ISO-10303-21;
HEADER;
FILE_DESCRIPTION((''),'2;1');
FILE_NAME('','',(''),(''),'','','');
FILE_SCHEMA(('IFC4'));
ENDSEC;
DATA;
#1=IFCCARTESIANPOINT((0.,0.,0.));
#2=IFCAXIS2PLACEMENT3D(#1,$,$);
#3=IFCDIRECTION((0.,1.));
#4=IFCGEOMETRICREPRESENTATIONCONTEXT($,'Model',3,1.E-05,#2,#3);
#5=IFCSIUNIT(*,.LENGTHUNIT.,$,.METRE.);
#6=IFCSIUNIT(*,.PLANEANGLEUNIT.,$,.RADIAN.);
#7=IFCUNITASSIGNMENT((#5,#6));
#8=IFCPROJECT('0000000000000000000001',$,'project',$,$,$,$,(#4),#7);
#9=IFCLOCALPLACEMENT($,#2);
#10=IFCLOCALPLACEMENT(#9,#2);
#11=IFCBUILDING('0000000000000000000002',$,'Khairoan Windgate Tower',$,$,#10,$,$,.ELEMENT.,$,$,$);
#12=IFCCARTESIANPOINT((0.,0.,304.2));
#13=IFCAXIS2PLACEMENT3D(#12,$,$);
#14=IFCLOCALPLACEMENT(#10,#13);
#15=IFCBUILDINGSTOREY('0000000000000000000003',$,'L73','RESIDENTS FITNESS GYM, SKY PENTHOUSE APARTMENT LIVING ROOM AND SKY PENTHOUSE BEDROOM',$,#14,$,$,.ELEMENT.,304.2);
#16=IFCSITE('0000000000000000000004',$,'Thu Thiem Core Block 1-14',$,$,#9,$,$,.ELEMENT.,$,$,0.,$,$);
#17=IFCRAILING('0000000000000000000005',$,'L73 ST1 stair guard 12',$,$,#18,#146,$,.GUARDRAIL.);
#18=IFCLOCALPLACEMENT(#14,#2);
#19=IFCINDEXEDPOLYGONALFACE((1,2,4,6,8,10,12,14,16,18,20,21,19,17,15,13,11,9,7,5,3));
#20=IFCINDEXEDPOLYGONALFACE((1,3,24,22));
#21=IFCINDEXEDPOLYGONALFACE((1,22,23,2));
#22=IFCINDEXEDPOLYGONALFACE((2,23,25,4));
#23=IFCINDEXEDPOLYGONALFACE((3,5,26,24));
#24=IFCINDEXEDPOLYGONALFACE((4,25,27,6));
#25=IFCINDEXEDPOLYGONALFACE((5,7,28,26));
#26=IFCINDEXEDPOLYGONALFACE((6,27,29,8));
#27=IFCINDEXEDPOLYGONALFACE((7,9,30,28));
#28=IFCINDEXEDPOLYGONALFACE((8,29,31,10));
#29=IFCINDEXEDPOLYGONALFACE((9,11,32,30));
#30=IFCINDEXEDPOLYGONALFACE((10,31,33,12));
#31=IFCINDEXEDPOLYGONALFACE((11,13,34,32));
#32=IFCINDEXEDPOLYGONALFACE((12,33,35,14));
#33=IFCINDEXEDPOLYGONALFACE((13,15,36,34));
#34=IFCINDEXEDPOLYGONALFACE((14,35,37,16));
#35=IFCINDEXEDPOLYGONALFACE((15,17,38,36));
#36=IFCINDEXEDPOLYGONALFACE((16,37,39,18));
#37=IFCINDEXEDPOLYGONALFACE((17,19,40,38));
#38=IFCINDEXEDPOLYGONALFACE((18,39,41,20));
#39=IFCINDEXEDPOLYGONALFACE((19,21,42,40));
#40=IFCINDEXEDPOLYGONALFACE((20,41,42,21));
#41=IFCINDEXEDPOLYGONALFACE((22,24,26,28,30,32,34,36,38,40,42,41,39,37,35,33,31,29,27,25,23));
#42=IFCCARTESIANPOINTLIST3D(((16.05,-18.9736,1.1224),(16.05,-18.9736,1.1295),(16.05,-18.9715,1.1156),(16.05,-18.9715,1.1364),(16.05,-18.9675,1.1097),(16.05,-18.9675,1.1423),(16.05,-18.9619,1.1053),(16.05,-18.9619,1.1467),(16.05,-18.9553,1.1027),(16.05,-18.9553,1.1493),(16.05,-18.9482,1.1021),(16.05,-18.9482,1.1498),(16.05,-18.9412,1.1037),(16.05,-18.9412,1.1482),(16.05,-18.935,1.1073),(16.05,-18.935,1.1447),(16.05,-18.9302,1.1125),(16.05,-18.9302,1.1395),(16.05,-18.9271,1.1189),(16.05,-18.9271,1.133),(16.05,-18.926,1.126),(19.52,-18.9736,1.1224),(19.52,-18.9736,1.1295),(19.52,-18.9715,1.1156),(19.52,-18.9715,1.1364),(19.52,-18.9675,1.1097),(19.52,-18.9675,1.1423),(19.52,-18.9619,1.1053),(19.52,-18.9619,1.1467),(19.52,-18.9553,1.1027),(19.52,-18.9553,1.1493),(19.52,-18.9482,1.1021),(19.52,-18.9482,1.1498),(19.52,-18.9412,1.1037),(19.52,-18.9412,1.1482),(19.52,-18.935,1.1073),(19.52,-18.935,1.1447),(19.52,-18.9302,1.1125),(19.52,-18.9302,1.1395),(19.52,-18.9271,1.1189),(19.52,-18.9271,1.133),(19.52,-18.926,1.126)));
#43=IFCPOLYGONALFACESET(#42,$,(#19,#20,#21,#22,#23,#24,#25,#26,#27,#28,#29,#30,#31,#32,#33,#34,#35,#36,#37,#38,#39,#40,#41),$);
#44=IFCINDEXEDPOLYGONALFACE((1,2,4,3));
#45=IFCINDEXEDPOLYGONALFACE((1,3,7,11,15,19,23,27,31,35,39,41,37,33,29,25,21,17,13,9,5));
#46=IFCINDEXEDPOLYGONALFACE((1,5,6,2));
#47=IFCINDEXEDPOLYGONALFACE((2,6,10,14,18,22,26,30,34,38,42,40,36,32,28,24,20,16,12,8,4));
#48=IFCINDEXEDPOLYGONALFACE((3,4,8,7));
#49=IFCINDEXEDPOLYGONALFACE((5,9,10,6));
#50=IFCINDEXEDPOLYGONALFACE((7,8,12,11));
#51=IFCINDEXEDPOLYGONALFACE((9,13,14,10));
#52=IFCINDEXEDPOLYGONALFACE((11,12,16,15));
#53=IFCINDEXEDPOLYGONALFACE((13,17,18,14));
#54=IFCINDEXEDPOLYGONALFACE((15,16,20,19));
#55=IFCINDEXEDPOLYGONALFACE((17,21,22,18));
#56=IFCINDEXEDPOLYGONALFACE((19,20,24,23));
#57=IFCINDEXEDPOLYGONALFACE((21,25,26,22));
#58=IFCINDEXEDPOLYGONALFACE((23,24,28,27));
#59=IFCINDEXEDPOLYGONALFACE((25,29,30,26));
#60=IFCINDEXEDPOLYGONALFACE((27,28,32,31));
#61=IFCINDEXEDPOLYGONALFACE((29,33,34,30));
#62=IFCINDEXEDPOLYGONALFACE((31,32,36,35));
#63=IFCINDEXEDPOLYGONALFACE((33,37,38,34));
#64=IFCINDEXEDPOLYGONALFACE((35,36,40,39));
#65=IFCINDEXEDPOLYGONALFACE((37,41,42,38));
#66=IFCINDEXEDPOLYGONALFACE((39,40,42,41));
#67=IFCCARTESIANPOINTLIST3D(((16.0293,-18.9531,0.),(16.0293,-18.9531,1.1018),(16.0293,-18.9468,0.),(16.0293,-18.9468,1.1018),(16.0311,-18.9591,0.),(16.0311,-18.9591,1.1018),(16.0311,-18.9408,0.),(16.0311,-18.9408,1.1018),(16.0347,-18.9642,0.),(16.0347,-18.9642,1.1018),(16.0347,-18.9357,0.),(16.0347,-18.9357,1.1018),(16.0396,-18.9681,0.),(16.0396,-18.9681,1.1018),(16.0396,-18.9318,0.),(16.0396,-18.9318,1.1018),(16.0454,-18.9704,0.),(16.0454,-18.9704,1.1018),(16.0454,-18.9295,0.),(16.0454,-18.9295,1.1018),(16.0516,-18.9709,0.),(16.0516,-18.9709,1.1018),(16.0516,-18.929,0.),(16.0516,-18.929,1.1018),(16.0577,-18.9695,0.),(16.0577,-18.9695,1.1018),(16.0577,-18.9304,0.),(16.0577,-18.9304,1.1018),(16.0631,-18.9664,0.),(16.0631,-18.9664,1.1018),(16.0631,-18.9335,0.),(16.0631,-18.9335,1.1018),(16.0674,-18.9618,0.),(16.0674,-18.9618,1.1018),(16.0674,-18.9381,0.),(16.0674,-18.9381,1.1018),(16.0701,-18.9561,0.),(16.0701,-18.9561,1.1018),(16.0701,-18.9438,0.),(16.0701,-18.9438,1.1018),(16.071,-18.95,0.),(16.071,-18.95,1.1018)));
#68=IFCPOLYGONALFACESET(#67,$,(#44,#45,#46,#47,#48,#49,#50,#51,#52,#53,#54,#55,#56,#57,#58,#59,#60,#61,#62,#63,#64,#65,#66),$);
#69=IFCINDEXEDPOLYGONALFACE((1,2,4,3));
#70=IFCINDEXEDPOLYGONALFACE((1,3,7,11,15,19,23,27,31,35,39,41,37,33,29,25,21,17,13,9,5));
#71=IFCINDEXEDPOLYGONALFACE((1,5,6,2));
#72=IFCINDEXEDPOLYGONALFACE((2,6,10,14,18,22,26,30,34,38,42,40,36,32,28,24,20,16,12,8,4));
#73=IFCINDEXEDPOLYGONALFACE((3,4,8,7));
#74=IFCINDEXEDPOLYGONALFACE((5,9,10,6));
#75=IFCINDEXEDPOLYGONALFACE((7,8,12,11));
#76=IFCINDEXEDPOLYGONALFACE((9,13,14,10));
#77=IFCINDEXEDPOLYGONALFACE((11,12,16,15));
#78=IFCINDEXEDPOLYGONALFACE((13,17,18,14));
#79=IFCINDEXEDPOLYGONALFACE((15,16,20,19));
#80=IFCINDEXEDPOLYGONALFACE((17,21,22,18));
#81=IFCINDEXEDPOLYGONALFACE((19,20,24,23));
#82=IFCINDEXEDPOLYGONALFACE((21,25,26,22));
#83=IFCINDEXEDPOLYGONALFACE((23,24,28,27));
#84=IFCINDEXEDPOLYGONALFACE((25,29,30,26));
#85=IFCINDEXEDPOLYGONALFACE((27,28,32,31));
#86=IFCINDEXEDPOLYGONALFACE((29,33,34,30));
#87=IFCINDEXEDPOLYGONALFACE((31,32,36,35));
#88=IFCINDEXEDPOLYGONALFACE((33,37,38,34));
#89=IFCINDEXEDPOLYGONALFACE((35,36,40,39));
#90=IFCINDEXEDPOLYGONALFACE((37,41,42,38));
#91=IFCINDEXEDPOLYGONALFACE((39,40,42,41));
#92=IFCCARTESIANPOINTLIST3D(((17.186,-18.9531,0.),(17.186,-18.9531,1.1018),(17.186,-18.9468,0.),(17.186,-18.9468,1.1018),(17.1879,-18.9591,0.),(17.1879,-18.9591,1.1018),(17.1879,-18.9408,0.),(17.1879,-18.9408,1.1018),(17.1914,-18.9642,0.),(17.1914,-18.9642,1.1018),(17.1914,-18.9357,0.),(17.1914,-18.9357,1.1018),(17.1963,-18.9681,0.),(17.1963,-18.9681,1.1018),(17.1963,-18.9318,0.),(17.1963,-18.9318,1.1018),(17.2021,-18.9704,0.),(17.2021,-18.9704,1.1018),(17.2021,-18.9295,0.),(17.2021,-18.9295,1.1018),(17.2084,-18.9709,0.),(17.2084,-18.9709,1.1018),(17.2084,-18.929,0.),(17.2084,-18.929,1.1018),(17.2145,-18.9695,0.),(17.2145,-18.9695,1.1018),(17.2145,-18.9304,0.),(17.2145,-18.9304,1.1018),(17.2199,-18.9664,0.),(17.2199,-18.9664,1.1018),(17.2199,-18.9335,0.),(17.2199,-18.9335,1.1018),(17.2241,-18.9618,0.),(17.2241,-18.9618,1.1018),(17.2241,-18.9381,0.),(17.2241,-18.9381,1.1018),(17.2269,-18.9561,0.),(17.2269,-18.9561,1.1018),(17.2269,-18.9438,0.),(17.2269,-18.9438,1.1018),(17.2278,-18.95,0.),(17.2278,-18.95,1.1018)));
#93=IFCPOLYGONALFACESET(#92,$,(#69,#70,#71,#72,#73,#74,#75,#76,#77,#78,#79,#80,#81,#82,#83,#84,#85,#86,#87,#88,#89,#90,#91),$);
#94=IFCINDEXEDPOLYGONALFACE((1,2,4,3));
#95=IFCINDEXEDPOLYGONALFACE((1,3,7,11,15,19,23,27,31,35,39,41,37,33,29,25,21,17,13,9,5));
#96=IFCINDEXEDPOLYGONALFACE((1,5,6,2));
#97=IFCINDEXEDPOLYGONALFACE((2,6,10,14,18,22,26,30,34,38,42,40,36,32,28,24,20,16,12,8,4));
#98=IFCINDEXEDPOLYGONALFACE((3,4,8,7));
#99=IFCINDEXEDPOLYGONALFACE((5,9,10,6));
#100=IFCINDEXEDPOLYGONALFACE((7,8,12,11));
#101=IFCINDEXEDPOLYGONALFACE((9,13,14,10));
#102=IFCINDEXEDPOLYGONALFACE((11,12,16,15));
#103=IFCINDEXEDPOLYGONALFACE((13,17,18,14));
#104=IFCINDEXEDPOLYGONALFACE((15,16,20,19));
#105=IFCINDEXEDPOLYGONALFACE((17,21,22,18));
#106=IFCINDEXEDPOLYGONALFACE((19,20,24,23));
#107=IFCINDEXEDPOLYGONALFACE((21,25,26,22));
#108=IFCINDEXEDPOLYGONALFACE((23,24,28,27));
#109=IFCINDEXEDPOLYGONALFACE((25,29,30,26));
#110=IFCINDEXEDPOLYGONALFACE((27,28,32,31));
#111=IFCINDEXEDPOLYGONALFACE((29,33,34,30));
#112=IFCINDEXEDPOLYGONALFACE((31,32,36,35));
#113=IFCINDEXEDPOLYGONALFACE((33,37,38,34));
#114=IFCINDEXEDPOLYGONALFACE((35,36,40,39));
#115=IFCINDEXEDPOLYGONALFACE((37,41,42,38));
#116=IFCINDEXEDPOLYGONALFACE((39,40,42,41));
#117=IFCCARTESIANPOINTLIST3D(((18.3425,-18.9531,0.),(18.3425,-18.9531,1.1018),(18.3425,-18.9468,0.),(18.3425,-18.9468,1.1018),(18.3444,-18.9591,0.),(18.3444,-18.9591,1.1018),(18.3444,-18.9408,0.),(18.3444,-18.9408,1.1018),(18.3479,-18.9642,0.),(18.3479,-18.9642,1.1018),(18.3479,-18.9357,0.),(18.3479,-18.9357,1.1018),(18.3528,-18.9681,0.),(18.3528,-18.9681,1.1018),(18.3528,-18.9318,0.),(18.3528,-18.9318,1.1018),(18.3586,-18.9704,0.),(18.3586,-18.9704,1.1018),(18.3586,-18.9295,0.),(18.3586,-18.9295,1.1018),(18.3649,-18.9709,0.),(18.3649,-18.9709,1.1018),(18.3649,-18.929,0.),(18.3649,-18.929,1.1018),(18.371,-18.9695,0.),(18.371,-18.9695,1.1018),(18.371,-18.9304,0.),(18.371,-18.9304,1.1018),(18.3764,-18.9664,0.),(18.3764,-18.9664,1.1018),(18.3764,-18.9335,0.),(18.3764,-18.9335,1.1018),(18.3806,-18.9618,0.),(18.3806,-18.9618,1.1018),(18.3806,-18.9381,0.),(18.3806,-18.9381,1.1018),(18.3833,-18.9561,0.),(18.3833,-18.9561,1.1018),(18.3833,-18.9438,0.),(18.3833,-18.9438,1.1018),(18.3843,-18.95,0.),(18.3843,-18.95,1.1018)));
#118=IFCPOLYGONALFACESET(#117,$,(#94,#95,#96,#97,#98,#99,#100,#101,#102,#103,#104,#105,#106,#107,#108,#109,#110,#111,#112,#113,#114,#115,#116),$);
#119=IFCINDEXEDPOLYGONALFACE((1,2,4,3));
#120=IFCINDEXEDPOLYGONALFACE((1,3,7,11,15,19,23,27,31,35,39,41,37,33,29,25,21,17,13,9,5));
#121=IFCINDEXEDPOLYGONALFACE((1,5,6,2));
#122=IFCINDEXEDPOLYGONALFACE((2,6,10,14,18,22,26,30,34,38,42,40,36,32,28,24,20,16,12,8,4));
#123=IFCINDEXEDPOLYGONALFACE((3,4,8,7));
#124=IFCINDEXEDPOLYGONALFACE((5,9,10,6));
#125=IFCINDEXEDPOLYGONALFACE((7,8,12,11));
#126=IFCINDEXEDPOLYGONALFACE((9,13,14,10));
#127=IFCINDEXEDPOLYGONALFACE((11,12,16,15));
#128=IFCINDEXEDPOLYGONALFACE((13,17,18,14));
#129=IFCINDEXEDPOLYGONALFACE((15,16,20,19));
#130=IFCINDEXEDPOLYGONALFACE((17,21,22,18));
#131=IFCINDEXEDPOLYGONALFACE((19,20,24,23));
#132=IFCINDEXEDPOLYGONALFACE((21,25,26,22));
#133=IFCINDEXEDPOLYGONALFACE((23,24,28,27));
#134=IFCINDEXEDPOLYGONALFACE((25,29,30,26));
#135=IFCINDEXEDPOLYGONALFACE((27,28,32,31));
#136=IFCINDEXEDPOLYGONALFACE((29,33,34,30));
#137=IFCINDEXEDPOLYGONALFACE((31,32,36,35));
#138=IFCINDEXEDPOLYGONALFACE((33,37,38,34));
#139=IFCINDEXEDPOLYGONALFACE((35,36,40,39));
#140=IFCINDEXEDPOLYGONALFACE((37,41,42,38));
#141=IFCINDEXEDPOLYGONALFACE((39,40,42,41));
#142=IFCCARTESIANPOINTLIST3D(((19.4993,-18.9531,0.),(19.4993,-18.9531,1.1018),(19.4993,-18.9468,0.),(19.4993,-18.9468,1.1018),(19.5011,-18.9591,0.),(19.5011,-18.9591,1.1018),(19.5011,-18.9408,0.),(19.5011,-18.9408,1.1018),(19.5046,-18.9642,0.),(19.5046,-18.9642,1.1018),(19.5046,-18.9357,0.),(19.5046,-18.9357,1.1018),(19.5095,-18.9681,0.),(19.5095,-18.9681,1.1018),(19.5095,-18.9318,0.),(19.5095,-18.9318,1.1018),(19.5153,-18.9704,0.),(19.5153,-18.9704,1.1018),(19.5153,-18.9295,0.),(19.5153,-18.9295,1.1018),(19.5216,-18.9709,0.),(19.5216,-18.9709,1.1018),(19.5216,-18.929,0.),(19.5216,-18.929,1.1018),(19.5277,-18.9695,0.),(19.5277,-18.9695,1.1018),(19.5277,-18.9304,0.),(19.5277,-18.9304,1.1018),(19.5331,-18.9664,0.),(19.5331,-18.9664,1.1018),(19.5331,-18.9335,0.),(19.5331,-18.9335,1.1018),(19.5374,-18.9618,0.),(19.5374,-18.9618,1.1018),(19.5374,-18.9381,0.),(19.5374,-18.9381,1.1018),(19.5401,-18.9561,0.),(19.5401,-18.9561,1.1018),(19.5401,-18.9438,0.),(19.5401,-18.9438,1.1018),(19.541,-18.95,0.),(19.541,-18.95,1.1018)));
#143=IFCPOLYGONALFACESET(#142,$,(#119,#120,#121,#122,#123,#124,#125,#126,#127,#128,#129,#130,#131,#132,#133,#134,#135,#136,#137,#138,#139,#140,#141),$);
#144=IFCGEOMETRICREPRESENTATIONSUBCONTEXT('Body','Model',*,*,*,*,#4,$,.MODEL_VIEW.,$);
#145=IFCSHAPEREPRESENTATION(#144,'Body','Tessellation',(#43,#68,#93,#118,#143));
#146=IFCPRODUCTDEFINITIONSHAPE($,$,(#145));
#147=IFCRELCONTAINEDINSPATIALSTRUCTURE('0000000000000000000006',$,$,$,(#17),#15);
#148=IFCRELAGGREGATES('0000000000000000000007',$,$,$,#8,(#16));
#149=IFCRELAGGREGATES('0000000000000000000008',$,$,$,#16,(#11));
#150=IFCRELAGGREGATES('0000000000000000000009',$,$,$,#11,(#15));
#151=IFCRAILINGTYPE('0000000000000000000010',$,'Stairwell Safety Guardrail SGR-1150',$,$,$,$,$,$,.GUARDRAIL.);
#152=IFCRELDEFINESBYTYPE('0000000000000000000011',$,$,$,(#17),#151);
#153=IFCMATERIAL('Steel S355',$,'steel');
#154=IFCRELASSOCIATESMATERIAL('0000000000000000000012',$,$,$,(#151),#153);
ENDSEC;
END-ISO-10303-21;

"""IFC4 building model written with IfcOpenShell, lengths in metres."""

from ifc_helpers import new_model, si_unit, direction, frame, origin, origin_2d, place, context, subcontext, project, spatial, circle, extrude, material, type_object, element, save


model = new_model("IFC4")

# Units and contexts
model_context = context("Model", 3, precision=1e-05, world=origin(), true_north=direction((0.0, 1.0)))
body_context = subcontext(model_context, "Body", "Model", "MODEL_VIEW")
ifc_project = project(units=[si_unit("LENGTHUNIT", "METRE"), si_unit("PLANEANGLEUNIT", "RADIAN")], contexts=[model_context])

# Site, building, storey
site_placement = place(None, origin())
site = spatial("IfcSite", under=ifc_project, at=site_placement, Name="Thu Thiem Core Block 1-14", CompositionType="ELEMENT", RefElevation=0.0)
building_placement = place(site_placement, origin())
building = spatial("IfcBuilding", under=site, at=building_placement, Name="Khairoan Windgate Tower", CompositionType="ELEMENT")
storey_placement = place(building_placement, frame((0.0, 0.0, 304.2)))
storey = spatial("IfcBuildingStorey", under=building, at=storey_placement, Name="L73", Description="RESIDENTS FITNESS GYM, SKY PENTHOUSE APARTMENT LIVING ROOM AND SKY PENTHOUSE BEDROOM", CompositionType="ELEMENT", Elevation=304.2)

# Railing
ifc_material_1 = material(Name="Steel S355", Category="steel")
railing_type = type_object("IfcRailingType", Name="Stairwell Safety Guardrail SGR-1150", PredefinedType="GUARDRAIL", material=ifc_material_1)
railing_1_placement = place(storey_placement, frame((16.05, -18.95, 0.0)))
element("IfcRailing", 1, at=railing_1_placement, inside=storey, type_object=railing_type, Name="L73 ST1 stair guard 12", PredefinedType="GUARDRAIL", context=body_context, shape_type="SweptSolid", body=[
    extrude(circle(Radius=0.0239, at=origin_2d()), frame((0.0, 0.0, 1.126), z_axis=(1.0, 0.0, 0.0), x_axis=(0.0, 1.0, 0.0)), (0.0, 0.0, 1.0), 3.47),
    extrude(circle(Radius=0.021, at=origin_2d()), origin(), (0.0, 0.0, 1.0), 1.1018),
    extrude(circle(Radius=0.021, at=origin_2d()), frame((1.1567, 0.0, 0.0)), (0.0, 0.0, 1.0), 1.1018),
    extrude(circle(Radius=0.021, at=origin_2d()), frame((2.3132, 0.0, 0.0)), (0.0, 0.0, 1.0), 1.1018),
    extrude(circle(Radius=0.021, at=origin_2d()), frame((3.47, 0.0, 0.0)), (0.0, 0.0, 1.0), 1.1018),
])

save(model, "model.ifc")
